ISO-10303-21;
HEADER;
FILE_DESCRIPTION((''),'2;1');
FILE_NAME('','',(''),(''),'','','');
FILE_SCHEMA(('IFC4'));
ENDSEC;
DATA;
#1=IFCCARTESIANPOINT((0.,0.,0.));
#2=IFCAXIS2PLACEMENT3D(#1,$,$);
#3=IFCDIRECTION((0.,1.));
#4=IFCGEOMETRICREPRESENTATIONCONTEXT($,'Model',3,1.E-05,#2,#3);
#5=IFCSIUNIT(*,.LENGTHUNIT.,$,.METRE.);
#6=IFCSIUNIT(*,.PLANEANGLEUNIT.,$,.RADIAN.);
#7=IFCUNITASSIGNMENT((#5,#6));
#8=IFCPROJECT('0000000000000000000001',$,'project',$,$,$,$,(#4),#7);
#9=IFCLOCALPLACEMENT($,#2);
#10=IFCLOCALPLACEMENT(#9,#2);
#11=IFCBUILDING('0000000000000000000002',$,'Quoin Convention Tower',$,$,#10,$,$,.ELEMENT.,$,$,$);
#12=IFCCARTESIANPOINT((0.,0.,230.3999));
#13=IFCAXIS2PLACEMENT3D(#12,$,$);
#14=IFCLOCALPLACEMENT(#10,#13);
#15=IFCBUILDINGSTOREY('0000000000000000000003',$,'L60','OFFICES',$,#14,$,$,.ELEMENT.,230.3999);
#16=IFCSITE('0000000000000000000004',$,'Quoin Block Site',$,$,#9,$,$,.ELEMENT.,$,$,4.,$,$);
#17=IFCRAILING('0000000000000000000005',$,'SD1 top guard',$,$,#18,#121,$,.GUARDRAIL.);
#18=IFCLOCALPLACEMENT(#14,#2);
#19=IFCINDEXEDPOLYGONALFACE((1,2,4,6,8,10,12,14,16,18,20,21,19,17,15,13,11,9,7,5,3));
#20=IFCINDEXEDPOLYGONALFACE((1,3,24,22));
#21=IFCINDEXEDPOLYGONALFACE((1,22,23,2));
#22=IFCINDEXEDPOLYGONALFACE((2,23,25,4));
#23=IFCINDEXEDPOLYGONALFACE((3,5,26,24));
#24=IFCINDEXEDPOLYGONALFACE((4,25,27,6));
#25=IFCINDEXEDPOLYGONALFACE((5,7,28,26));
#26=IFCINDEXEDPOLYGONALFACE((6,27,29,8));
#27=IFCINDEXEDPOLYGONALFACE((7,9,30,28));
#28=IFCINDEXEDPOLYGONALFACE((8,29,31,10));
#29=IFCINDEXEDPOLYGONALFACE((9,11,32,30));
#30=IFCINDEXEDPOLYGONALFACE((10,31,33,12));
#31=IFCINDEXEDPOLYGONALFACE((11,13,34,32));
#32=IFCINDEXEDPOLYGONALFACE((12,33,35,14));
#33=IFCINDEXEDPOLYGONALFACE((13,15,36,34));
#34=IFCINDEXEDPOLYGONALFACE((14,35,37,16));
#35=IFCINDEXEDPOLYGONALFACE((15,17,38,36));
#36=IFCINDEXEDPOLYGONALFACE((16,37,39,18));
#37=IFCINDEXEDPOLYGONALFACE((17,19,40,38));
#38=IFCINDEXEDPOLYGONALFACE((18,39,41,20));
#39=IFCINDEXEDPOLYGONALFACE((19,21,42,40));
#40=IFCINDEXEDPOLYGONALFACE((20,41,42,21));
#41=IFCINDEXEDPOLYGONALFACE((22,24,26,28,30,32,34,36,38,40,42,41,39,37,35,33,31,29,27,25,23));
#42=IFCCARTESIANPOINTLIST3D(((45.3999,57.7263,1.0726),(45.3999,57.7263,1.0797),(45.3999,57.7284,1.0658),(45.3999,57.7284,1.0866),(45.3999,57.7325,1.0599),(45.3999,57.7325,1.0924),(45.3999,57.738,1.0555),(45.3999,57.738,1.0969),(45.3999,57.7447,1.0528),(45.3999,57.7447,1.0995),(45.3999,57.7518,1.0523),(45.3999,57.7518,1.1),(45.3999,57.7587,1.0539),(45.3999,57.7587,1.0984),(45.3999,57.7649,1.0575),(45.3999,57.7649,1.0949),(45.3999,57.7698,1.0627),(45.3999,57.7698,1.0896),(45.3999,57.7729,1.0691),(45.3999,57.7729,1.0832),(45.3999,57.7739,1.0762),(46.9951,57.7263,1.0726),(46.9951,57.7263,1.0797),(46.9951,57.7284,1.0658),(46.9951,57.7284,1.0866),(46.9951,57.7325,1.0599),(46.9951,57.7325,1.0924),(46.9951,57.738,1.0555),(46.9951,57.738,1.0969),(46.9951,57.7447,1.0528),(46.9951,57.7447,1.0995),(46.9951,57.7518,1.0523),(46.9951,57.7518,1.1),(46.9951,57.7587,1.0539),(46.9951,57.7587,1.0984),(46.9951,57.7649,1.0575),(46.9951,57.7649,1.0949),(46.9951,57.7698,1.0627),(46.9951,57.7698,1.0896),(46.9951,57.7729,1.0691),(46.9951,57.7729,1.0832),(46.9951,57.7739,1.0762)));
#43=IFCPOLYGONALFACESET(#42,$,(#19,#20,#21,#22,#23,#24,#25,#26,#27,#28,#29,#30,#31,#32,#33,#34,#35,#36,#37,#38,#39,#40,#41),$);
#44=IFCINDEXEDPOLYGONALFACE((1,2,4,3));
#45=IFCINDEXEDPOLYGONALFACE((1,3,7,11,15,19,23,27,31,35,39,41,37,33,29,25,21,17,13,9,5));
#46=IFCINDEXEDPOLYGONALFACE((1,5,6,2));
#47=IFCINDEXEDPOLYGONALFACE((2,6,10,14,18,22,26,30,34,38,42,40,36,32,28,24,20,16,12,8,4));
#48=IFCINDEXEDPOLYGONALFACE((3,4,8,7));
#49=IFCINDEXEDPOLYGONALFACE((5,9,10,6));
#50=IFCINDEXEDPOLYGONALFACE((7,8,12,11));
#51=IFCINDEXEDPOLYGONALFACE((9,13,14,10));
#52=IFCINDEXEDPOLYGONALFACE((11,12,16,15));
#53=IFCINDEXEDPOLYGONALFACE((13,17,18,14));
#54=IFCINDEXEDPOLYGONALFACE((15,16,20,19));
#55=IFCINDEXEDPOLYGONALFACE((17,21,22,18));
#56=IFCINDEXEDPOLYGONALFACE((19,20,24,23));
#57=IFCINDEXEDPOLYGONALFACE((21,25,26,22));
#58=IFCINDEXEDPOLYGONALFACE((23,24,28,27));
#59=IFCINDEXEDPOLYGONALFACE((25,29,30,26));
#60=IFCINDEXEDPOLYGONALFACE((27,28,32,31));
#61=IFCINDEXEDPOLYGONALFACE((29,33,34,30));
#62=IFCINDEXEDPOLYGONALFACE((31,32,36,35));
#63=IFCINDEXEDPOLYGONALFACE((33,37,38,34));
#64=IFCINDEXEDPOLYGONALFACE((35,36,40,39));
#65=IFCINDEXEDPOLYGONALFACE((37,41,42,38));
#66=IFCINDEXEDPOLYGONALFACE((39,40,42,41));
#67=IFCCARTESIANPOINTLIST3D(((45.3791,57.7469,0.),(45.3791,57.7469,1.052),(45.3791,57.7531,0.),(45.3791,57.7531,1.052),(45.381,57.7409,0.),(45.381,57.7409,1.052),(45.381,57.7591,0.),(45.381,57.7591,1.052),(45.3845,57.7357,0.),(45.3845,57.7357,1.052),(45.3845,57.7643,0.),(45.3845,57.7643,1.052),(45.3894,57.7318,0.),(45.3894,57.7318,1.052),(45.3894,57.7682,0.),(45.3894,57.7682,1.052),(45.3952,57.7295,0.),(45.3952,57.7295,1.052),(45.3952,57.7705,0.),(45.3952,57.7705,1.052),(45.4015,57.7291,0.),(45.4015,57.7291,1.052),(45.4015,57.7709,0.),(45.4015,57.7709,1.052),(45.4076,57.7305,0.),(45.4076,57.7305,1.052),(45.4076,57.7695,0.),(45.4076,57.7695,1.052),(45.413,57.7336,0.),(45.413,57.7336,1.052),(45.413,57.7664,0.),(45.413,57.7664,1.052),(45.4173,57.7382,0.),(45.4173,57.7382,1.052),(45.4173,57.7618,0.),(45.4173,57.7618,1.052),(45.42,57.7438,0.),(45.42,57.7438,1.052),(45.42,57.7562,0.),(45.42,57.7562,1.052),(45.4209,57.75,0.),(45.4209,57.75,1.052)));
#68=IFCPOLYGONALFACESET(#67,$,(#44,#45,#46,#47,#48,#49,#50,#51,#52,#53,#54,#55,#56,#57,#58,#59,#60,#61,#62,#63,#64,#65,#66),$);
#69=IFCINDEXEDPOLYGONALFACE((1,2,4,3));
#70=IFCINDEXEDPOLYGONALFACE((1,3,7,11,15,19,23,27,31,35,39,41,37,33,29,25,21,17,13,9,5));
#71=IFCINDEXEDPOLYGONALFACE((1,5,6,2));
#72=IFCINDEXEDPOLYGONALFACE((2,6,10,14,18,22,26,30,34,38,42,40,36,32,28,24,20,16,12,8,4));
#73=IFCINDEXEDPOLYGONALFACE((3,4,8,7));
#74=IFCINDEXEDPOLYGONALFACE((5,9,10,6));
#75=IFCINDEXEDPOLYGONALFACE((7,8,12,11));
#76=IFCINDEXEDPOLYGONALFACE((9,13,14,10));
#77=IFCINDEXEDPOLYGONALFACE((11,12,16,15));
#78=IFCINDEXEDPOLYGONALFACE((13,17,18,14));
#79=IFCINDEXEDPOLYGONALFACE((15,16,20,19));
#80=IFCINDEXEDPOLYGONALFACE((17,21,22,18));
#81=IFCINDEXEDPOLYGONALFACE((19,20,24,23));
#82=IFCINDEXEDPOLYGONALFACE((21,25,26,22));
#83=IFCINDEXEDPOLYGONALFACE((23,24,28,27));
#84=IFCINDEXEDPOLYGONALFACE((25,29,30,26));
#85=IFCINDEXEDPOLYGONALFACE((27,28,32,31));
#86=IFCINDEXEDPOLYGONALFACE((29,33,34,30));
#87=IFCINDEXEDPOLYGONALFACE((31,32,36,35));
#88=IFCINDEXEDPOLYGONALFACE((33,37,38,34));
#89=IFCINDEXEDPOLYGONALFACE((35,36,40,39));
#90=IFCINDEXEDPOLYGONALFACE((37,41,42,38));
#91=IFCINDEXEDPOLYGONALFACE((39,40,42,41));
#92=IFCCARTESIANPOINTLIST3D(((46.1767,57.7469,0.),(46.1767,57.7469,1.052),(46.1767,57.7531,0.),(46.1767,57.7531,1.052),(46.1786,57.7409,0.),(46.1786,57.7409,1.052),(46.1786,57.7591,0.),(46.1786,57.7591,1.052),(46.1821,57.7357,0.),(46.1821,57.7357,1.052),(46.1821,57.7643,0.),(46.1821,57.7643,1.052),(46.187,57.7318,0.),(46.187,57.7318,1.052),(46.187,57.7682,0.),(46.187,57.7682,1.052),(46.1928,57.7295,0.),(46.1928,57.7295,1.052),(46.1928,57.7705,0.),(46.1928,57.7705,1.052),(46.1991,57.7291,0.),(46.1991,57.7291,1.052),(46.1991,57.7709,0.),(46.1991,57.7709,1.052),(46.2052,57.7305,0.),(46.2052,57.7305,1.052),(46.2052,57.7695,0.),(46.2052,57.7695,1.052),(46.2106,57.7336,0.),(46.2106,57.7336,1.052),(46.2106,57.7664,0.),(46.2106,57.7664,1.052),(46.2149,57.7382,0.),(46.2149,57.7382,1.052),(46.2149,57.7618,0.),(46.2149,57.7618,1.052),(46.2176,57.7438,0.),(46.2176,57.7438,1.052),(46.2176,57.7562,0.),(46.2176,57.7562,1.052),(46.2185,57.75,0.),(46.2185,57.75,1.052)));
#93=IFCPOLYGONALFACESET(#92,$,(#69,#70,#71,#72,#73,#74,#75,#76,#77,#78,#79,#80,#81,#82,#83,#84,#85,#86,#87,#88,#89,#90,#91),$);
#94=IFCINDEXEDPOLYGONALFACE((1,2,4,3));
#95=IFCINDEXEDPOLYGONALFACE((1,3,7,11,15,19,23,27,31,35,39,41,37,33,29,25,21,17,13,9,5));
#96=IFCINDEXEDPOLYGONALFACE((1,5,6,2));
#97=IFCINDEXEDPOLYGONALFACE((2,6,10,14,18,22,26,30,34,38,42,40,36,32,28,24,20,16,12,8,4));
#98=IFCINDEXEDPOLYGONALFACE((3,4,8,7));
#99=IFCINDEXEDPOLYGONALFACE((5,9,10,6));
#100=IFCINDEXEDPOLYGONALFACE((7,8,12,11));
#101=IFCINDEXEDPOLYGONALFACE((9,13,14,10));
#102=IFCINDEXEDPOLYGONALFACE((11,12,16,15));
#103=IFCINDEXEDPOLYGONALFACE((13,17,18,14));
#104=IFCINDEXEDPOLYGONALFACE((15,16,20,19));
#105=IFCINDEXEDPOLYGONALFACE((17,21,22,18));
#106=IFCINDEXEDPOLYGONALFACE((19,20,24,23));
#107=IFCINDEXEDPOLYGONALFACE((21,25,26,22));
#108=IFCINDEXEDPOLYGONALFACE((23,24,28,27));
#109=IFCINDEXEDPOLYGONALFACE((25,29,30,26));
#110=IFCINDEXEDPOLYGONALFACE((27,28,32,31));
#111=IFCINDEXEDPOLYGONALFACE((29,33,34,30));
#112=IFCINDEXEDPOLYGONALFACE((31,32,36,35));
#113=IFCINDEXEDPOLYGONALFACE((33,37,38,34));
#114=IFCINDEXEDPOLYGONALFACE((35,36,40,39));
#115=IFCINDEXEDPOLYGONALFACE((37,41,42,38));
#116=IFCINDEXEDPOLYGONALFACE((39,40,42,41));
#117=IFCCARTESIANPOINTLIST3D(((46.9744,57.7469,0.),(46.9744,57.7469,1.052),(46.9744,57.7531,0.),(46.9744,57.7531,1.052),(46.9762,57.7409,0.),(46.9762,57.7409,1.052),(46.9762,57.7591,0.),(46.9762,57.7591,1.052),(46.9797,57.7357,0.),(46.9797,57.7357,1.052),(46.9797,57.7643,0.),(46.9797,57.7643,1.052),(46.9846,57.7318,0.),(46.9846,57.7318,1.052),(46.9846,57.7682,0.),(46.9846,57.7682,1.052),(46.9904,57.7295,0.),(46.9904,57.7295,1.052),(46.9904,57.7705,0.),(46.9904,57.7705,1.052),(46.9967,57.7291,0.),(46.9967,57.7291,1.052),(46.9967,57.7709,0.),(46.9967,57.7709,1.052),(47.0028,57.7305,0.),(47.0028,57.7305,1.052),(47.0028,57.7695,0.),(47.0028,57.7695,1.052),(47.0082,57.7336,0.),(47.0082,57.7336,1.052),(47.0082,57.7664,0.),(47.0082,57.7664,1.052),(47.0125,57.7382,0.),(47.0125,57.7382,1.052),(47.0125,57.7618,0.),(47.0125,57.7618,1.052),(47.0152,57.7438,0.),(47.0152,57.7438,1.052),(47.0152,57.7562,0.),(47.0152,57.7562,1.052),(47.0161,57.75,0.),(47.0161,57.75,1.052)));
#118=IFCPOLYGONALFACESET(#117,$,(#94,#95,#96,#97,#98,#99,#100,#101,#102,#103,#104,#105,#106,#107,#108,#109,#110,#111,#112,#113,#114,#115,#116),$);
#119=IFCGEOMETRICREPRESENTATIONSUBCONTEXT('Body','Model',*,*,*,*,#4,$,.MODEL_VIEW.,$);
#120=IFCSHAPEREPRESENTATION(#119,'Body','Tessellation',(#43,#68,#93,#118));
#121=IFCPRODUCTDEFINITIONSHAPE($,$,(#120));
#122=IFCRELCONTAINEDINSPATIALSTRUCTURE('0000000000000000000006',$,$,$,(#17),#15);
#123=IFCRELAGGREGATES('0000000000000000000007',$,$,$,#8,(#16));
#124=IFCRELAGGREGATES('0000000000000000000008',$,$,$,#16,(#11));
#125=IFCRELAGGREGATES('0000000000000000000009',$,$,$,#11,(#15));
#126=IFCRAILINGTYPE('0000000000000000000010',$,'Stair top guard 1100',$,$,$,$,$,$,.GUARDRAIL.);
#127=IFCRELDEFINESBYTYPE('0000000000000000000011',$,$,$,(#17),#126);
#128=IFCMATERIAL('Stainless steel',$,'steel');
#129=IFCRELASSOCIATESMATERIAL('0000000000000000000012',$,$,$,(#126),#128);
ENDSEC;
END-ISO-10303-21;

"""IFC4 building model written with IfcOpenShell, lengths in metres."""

from ifc_helpers import new_model, si_unit, direction, frame, origin, origin_2d, place, context, subcontext, project, spatial, circle, extrude, material, type_object, element, save


model = new_model("IFC4")

# Units and contexts
model_context = context("Model", 3, precision=1e-05, world=origin(), true_north=direction((0.0, 1.0)))
body_context = subcontext(model_context, "Body", "Model", "MODEL_VIEW")
ifc_project = project(units=[si_unit("LENGTHUNIT", "METRE"), si_unit("PLANEANGLEUNIT", "RADIAN")], contexts=[model_context])

# Site, building, storey
site_placement = place(None, origin())
site = spatial("IfcSite", under=ifc_project, at=site_placement, Name="Quoin Block Site", CompositionType="ELEMENT", RefElevation=4.0)
building_placement = place(site_placement, origin())
building = spatial("IfcBuilding", under=site, at=building_placement, Name="Quoin Convention Tower", CompositionType="ELEMENT")
storey_placement = place(building_placement, frame((0.0, 0.0, 230.3999)))
storey = spatial("IfcBuildingStorey", under=building, at=storey_placement, Name="L60", Description="OFFICES", CompositionType="ELEMENT", Elevation=230.3999)

# Railing
ifc_material_1 = material(Name="Stainless steel", Category="steel")
railing_type = type_object("IfcRailingType", Name="Stair top guard 1100", PredefinedType="GUARDRAIL", material=ifc_material_1)
railing_placement = place(storey_placement, frame((45.3999, 57.75, 0.0)))
element("IfcRailing", 1, at=railing_placement, inside=storey, type_object=railing_type, Name="SD1 top guard", PredefinedType="GUARDRAIL", context=body_context, shape_type="SweptSolid", body=[
    extrude(circle(Radius=0.0239, at=origin_2d()), frame((0.0, 0.0, 1.0762), z_axis=(1.0, 0.0, 0.0), x_axis=(0.0, 1.0, 0.0)), (0.0, 0.0, 1.0), 1.5952),
    extrude(circle(Radius=0.021, at=origin_2d()), origin(), (0.0, 0.0, 1.0), 1.052),
    extrude(circle(Radius=0.021, at=origin_2d()), frame((0.7976, 0.0, 0.0)), (0.0, 0.0, 1.0), 1.052),
    extrude(circle(Radius=0.021, at=origin_2d()), frame((1.5952, 0.0, 0.0)), (0.0, 0.0, 1.0), 1.052),
])

save(model, "model.ifc")
